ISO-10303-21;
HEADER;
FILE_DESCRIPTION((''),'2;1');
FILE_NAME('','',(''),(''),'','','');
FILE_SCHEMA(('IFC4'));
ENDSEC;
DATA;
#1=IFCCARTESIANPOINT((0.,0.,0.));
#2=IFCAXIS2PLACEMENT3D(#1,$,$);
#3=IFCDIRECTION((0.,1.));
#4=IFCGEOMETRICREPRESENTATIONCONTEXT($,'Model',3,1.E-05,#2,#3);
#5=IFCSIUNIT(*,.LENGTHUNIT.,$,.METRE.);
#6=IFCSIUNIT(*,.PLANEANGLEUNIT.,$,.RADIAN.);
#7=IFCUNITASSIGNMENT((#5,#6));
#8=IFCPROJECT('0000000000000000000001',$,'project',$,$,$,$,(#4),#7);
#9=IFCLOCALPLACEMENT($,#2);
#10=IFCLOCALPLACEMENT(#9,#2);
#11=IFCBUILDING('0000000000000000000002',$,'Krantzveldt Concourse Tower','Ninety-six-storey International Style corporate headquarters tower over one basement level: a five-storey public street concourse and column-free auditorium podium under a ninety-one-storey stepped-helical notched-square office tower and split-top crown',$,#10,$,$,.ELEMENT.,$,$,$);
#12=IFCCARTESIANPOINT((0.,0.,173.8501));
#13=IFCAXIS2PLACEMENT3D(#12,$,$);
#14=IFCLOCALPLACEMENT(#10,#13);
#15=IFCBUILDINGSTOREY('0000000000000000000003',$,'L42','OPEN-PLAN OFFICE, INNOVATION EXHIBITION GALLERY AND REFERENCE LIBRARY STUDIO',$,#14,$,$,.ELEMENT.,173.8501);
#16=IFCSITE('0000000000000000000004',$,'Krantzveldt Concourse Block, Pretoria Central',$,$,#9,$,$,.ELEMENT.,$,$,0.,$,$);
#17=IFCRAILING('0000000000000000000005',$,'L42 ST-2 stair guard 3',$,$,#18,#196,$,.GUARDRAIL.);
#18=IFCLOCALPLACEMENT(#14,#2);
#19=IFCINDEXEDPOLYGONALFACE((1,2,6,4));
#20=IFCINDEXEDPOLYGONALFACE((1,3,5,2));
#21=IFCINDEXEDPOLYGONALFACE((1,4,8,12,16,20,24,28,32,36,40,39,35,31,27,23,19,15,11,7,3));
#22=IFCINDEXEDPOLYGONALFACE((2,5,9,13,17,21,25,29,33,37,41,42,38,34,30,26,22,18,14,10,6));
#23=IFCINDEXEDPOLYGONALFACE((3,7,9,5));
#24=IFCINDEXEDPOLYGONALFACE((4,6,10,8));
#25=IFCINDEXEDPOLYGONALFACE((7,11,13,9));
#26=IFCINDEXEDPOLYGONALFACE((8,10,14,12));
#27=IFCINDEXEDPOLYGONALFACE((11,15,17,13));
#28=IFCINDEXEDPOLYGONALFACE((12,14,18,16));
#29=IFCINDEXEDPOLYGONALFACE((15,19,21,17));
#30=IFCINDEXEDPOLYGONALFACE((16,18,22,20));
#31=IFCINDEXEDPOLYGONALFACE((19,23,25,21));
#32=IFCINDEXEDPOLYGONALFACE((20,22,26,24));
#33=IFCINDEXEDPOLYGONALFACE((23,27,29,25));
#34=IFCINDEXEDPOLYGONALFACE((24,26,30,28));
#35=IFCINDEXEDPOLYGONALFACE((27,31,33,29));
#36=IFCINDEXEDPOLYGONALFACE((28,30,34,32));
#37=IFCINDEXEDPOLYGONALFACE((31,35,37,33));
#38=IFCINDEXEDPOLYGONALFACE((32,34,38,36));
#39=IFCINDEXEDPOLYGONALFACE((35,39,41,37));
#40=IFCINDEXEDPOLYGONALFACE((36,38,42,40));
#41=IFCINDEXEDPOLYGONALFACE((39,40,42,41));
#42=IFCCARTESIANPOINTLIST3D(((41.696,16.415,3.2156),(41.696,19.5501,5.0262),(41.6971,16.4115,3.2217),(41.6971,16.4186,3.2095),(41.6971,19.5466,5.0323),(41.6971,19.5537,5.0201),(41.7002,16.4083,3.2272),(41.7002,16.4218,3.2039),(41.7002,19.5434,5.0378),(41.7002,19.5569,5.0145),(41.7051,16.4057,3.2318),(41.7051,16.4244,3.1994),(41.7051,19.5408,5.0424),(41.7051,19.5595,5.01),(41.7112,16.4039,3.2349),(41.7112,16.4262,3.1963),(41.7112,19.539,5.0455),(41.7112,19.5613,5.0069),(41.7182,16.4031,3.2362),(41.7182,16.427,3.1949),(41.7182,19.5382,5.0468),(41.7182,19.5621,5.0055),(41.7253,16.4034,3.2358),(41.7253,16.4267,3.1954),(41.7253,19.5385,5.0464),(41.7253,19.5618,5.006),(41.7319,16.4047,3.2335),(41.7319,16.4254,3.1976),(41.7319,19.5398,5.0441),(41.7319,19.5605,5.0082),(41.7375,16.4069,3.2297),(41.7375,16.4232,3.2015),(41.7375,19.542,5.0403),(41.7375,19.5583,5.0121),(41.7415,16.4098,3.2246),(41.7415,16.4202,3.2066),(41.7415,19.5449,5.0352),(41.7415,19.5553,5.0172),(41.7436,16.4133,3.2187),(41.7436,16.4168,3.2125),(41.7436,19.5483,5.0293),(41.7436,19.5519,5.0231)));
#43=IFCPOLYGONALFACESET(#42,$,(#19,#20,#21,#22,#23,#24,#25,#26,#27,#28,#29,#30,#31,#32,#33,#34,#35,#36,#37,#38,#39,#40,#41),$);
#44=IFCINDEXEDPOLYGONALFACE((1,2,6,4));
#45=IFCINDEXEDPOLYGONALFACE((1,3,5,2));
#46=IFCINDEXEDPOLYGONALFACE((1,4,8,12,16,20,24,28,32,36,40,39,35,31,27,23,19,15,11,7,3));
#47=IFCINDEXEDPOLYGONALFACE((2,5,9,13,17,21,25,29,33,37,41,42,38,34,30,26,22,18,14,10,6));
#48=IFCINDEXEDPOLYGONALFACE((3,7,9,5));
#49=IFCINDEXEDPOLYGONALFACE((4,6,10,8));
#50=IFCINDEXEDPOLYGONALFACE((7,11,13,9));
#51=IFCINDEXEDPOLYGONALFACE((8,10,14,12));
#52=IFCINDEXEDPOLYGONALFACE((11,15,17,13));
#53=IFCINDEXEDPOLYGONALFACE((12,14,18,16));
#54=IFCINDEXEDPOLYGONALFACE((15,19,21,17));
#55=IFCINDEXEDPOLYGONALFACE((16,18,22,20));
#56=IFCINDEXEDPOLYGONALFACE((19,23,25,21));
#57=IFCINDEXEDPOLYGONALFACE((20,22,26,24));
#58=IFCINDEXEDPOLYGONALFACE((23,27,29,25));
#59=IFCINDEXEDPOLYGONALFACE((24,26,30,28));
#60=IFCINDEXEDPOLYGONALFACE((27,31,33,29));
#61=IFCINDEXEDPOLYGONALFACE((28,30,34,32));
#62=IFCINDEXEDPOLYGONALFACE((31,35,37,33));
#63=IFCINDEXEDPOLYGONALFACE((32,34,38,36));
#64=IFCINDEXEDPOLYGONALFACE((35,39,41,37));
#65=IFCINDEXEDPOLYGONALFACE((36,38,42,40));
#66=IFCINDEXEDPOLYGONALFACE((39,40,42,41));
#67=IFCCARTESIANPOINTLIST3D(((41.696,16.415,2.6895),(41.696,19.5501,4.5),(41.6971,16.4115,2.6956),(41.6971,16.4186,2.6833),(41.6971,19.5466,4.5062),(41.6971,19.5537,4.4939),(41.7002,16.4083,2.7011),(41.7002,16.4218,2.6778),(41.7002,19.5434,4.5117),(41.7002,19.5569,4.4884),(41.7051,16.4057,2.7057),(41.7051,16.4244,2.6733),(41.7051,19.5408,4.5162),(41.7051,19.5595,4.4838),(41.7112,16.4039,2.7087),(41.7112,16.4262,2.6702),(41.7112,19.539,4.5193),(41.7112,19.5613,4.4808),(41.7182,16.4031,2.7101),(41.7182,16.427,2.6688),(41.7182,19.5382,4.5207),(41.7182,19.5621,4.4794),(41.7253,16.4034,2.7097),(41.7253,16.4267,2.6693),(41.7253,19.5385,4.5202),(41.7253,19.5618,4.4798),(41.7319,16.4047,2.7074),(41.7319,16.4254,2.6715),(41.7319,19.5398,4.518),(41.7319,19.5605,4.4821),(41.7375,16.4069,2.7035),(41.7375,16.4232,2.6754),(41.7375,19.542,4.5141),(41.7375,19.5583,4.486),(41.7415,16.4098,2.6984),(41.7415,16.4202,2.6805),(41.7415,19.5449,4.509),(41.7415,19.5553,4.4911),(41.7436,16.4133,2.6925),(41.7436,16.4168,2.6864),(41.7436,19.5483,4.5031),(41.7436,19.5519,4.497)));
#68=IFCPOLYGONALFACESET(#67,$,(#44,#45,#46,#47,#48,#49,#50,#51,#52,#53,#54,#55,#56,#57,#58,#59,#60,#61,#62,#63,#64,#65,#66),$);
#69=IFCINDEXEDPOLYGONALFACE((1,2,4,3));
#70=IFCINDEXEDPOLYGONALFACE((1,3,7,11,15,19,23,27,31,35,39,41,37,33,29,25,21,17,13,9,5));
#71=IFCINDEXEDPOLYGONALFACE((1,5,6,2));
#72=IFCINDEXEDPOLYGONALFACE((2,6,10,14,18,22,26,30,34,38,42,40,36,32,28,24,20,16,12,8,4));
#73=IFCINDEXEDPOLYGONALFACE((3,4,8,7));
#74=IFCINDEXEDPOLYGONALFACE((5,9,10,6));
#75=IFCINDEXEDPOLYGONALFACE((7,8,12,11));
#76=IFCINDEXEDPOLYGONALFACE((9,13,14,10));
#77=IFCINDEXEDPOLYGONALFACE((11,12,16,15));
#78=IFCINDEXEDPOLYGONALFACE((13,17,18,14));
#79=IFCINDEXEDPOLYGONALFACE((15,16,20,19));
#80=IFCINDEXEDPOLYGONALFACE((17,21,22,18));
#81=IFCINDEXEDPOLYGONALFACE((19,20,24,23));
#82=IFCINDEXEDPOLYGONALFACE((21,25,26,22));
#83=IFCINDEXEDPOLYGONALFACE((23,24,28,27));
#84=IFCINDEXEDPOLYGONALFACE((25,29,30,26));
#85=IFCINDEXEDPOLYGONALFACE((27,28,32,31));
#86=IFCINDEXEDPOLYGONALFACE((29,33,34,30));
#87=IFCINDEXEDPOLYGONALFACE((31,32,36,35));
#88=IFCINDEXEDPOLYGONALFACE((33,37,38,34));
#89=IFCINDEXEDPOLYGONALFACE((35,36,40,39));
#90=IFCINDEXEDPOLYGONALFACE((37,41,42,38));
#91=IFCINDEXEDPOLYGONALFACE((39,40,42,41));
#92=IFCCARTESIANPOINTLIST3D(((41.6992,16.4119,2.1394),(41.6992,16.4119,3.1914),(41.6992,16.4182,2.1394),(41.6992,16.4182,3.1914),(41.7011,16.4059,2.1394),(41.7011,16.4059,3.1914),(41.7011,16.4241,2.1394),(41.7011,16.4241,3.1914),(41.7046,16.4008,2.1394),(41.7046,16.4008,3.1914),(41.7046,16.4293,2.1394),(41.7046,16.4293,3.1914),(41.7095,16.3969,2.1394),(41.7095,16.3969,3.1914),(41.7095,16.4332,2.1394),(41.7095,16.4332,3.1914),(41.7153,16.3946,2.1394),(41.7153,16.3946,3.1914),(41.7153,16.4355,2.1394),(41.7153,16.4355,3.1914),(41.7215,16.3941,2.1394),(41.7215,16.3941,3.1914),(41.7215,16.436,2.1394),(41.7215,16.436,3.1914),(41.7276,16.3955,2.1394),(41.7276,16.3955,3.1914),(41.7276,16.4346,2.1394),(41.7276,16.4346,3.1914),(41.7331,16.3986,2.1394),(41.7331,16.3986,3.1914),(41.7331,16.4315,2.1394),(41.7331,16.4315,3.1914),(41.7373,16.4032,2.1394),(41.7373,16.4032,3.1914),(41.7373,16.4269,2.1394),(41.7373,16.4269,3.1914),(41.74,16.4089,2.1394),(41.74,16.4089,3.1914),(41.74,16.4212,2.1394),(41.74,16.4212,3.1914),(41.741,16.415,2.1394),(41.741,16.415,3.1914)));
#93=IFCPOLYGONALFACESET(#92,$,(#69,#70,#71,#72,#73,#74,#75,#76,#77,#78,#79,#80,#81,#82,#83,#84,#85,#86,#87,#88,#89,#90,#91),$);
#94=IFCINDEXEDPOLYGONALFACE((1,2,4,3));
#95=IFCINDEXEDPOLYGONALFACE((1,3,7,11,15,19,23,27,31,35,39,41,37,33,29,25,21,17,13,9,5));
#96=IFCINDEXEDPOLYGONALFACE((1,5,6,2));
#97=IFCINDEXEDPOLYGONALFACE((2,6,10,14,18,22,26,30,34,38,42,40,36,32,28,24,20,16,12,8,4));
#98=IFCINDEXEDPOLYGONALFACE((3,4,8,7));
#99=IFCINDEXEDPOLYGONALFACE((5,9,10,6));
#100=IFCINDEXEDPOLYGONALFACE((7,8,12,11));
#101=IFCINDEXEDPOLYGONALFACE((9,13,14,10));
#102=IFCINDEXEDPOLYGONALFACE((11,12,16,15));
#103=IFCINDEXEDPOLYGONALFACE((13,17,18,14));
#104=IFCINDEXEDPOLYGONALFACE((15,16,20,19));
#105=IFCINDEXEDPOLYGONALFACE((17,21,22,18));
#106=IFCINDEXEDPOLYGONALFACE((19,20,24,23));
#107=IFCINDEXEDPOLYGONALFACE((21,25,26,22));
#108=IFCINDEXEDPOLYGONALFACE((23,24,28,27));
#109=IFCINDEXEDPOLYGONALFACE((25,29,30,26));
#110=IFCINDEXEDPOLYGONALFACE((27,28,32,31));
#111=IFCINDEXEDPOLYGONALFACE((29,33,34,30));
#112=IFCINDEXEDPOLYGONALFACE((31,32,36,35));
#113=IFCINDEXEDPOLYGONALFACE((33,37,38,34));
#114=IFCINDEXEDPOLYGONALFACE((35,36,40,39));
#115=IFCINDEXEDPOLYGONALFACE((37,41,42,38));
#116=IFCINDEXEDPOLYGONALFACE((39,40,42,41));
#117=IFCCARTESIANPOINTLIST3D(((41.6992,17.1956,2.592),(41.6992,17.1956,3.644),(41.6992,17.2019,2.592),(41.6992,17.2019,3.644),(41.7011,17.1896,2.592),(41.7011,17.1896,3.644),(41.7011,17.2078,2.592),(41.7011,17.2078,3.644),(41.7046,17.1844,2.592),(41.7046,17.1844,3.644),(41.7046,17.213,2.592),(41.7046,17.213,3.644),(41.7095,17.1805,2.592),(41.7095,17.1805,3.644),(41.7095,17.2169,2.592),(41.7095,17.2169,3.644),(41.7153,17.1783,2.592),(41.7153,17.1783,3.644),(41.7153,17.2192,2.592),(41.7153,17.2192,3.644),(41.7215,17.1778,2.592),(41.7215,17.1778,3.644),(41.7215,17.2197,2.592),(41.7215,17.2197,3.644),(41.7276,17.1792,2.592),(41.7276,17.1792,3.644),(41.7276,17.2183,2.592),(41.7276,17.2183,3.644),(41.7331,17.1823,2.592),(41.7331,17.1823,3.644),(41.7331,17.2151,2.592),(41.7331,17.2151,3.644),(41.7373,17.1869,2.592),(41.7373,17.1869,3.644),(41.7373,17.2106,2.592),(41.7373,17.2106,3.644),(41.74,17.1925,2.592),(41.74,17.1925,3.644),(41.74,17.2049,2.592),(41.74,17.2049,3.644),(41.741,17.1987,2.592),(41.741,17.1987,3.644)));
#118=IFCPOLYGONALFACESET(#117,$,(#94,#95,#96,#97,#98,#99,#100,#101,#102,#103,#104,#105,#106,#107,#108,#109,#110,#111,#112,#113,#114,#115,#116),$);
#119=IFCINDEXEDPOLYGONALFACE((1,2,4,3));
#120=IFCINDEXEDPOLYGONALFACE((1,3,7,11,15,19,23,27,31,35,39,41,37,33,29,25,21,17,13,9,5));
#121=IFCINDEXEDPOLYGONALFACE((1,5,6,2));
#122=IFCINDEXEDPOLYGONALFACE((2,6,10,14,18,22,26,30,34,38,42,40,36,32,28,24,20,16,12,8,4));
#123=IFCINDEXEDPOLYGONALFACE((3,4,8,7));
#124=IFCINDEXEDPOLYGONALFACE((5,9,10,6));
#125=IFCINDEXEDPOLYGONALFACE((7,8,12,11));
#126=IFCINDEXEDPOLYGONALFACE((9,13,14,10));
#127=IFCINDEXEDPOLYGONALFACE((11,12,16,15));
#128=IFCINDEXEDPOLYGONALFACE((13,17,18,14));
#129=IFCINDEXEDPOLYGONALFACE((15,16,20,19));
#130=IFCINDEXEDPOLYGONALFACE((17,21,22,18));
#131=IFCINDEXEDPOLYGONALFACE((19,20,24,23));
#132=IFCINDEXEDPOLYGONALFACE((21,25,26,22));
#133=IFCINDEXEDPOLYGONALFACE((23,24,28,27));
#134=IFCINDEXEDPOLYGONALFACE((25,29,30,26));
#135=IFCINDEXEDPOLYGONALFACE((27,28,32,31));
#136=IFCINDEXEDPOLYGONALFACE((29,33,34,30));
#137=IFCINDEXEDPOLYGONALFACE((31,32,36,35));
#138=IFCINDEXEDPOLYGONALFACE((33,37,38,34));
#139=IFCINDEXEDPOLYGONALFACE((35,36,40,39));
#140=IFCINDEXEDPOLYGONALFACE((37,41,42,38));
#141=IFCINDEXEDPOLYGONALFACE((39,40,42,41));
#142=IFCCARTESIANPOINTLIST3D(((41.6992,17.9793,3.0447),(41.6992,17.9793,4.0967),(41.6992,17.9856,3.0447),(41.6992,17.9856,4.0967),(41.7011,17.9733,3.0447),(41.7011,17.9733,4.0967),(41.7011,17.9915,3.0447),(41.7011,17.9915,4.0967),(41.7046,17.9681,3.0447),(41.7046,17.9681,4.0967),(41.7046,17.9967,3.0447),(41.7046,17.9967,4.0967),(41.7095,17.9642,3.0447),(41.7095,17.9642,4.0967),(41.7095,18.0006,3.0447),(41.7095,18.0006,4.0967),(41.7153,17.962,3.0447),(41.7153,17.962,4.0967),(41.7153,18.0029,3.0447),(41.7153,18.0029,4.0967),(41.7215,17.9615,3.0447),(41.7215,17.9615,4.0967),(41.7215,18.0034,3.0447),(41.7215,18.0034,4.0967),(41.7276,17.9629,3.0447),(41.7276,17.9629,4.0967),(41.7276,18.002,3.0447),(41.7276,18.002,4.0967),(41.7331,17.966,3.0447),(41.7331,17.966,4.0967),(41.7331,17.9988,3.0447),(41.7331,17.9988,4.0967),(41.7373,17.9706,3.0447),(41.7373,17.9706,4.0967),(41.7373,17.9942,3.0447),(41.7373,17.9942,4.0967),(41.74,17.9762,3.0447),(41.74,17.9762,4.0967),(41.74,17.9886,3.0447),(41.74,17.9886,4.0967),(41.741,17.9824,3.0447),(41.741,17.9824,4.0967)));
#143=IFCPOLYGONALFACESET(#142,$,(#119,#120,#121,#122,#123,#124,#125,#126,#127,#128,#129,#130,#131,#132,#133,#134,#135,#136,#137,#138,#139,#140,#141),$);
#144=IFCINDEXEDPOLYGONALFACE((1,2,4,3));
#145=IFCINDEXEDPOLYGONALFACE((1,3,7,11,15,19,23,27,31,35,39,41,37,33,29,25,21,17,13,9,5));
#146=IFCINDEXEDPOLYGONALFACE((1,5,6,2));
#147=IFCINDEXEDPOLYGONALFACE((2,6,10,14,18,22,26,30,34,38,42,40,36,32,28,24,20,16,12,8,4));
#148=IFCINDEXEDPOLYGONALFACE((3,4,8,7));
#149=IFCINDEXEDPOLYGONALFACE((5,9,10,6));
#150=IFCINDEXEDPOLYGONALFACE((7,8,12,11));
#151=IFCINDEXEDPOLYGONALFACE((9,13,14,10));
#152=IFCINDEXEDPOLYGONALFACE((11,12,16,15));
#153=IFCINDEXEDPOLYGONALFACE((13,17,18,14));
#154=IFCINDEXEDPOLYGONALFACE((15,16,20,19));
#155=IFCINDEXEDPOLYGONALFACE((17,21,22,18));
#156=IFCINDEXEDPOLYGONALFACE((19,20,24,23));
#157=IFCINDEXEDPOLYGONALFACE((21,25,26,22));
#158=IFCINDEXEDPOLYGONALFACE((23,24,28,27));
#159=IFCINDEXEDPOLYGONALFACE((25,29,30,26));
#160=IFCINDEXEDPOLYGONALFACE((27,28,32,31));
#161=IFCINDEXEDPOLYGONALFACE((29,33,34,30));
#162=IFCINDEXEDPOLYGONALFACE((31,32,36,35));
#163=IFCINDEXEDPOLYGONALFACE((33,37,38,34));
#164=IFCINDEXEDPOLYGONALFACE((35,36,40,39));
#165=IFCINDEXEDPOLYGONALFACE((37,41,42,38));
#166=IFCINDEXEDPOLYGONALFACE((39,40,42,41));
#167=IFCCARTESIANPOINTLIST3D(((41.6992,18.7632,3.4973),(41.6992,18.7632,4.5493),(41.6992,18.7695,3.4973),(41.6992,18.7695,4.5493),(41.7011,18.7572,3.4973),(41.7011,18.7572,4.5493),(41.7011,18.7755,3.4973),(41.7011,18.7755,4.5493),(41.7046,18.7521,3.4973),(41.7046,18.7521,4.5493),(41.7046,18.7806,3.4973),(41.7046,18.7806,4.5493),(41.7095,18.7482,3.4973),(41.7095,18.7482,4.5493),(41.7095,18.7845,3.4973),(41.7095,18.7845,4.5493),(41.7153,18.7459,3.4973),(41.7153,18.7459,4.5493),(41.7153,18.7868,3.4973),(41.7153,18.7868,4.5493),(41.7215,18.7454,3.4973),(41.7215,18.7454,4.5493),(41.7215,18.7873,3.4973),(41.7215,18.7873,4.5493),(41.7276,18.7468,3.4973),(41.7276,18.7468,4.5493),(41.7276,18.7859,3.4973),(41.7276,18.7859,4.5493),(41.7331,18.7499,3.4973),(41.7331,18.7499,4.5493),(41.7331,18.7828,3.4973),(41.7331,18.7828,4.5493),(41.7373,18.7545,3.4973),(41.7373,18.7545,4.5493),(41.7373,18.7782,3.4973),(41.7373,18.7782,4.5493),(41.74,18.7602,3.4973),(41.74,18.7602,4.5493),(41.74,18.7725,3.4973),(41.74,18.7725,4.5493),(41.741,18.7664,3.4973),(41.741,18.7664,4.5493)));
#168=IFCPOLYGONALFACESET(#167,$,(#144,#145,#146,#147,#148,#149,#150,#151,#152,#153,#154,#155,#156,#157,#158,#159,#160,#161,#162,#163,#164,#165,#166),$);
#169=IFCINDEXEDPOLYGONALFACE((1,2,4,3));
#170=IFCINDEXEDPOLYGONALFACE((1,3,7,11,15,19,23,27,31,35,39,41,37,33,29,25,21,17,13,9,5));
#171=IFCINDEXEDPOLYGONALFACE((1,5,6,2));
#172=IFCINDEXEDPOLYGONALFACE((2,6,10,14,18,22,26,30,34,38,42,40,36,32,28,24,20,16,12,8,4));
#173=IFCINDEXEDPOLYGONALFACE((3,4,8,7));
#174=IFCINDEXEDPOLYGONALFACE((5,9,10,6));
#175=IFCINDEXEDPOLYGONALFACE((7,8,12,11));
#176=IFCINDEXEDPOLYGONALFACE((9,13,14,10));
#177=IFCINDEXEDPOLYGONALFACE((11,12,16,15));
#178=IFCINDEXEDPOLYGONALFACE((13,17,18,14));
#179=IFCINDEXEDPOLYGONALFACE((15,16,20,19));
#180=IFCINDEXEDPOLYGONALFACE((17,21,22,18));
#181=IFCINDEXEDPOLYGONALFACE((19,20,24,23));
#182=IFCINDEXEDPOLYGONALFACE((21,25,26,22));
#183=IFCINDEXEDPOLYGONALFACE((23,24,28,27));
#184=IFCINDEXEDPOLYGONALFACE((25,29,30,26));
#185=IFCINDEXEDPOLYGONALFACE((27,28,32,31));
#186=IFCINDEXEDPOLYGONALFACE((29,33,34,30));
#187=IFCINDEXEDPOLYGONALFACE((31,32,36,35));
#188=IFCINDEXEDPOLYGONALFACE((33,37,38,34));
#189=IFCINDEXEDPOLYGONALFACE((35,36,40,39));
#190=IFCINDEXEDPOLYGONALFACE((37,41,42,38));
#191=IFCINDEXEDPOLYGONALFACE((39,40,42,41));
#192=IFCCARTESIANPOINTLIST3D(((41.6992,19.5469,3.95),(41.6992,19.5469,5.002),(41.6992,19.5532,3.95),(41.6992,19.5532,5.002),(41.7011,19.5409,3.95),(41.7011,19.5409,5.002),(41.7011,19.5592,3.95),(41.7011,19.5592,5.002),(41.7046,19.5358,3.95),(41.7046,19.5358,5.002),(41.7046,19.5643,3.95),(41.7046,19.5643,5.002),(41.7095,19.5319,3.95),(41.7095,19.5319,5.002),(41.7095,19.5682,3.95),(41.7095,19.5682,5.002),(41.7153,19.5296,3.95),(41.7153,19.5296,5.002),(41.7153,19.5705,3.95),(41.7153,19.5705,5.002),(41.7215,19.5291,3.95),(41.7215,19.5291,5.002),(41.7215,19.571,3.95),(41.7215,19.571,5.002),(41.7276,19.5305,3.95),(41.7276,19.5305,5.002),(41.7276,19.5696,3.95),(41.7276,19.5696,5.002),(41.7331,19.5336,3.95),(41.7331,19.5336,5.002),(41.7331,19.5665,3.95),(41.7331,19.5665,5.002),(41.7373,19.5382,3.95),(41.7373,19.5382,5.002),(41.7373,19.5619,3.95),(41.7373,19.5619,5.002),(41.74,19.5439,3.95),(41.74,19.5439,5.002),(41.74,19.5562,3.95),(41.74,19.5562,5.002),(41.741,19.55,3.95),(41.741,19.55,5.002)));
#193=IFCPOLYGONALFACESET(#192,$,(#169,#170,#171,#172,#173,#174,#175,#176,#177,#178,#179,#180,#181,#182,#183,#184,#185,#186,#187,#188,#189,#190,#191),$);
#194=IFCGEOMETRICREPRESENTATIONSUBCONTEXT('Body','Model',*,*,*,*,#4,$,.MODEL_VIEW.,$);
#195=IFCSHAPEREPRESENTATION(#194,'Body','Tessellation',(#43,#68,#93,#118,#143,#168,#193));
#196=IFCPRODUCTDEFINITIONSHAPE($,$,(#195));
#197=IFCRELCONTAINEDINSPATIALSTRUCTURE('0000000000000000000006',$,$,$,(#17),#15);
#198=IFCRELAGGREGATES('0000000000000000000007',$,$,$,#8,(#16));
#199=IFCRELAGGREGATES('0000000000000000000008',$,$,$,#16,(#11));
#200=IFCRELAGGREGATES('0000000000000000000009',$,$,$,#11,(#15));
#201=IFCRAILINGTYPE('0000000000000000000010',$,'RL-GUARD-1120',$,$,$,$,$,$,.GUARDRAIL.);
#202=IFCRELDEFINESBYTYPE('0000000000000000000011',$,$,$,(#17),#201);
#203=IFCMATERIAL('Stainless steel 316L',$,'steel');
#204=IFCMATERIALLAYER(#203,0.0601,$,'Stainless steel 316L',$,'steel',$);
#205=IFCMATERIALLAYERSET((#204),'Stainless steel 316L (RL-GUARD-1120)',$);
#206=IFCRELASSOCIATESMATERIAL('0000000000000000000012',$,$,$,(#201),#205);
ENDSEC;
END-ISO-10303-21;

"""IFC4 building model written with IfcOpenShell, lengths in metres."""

from ifc_helpers import new_model, si_unit, direction, frame, origin, origin_2d, place, context, subcontext, project, spatial, circle, extrude, material, layer, layer_set, type_object, element, save


model = new_model("IFC4")

# Units and contexts
model_context = context("Model", 3, precision=1e-05, world=origin(), true_north=direction((0.0, 1.0)))
body_context = subcontext(model_context, "Body", "Model", "MODEL_VIEW")
ifc_project = project(units=[si_unit("LENGTHUNIT", "METRE"), si_unit("PLANEANGLEUNIT", "RADIAN")], contexts=[model_context])

# Site, building, storey
site_placement = place(None, origin())
site = spatial("IfcSite", under=ifc_project, at=site_placement, Name="Krantzveldt Concourse Block, Pretoria Central", CompositionType="ELEMENT", RefElevation=0.0)
building_placement = place(site_placement, origin())
building = spatial("IfcBuilding", under=site, at=building_placement, Name="Krantzveldt Concourse Tower", Description="Ninety-six-storey International Style corporate headquarters tower over one basement level: a five-storey public street concourse and column-free auditorium podium under a ninety-one-storey stepped-helical notched-square office tower and split-top crown", CompositionType="ELEMENT")
storey_placement = place(building_placement, frame((0.0, 0.0, 173.8501)))
storey = spatial("IfcBuildingStorey", under=building, at=storey_placement, Name="L42", Description="OPEN-PLAN OFFICE, INNOVATION EXHIBITION GALLERY AND REFERENCE LIBRARY STUDIO", CompositionType="ELEMENT", Elevation=173.8501)

# Shared definitions
ifc_material_1 = material(Name="Stainless steel 316L", Category="steel")

# Railing
ifc_layer_1 = layer(ifc_material_1, 0.0601, Name="Stainless steel 316L", Category="steel")
ifc_layer_set_1 = layer_set([ifc_layer_1], Name="Stainless steel 316L (RL-GUARD-1120)")
railing_type_1 = type_object("IfcRailingType", Name="RL-GUARD-1120", PredefinedType="GUARDRAIL", material=ifc_layer_set_1)
railing_1_placement = place(storey_placement, frame((41.72, 16.415, 2.1394)))
element("IfcRailing", 1, at=railing_1_placement, inside=storey, type_object=railing_type_1, Name="L42 ST-2 stair guard 3", PredefinedType="GUARDRAIL", context=body_context, shape_type="SweptSolid", body=[
    extrude(circle(Radius=0.0239, at=origin_2d()), frame((0.0, 0.0, 1.0762), z_axis=(0.0, 0.86596, 0.500114), x_axis=(-1.0, 0.0, 0.0)), (0.0, 0.0, 1.0), 3.6204),
    extrude(circle(Radius=0.0239, at=origin_2d()), frame((0.0, 0.0, 0.55), z_axis=(0.0, 0.86596, 0.500114), x_axis=(-1.0, 0.0, 0.0)), (0.0, 0.0, 1.0), 3.6204),
    extrude(circle(Radius=0.021, at=origin_2d()), origin(), (0.0, 0.0, 1.0), 1.052),
    extrude(circle(Radius=0.021, at=origin_2d()), frame((0.0, 0.7837, 0.4526)), (0.0, 0.0, 1.0), 1.052),
    extrude(circle(Radius=0.021, at=origin_2d()), frame((0.0, 1.5674, 0.9053)), (0.0, 0.0, 1.0), 1.052),
    extrude(circle(Radius=0.021, at=origin_2d()), frame((0.0, 2.3513, 1.3579)), (0.0, 0.0, 1.0), 1.052),
    extrude(circle(Radius=0.021, at=origin_2d()), frame((0.0, 3.135, 1.8105)), (0.0, 0.0, 1.0), 1.052),
])

save(model, "model.ifc")
